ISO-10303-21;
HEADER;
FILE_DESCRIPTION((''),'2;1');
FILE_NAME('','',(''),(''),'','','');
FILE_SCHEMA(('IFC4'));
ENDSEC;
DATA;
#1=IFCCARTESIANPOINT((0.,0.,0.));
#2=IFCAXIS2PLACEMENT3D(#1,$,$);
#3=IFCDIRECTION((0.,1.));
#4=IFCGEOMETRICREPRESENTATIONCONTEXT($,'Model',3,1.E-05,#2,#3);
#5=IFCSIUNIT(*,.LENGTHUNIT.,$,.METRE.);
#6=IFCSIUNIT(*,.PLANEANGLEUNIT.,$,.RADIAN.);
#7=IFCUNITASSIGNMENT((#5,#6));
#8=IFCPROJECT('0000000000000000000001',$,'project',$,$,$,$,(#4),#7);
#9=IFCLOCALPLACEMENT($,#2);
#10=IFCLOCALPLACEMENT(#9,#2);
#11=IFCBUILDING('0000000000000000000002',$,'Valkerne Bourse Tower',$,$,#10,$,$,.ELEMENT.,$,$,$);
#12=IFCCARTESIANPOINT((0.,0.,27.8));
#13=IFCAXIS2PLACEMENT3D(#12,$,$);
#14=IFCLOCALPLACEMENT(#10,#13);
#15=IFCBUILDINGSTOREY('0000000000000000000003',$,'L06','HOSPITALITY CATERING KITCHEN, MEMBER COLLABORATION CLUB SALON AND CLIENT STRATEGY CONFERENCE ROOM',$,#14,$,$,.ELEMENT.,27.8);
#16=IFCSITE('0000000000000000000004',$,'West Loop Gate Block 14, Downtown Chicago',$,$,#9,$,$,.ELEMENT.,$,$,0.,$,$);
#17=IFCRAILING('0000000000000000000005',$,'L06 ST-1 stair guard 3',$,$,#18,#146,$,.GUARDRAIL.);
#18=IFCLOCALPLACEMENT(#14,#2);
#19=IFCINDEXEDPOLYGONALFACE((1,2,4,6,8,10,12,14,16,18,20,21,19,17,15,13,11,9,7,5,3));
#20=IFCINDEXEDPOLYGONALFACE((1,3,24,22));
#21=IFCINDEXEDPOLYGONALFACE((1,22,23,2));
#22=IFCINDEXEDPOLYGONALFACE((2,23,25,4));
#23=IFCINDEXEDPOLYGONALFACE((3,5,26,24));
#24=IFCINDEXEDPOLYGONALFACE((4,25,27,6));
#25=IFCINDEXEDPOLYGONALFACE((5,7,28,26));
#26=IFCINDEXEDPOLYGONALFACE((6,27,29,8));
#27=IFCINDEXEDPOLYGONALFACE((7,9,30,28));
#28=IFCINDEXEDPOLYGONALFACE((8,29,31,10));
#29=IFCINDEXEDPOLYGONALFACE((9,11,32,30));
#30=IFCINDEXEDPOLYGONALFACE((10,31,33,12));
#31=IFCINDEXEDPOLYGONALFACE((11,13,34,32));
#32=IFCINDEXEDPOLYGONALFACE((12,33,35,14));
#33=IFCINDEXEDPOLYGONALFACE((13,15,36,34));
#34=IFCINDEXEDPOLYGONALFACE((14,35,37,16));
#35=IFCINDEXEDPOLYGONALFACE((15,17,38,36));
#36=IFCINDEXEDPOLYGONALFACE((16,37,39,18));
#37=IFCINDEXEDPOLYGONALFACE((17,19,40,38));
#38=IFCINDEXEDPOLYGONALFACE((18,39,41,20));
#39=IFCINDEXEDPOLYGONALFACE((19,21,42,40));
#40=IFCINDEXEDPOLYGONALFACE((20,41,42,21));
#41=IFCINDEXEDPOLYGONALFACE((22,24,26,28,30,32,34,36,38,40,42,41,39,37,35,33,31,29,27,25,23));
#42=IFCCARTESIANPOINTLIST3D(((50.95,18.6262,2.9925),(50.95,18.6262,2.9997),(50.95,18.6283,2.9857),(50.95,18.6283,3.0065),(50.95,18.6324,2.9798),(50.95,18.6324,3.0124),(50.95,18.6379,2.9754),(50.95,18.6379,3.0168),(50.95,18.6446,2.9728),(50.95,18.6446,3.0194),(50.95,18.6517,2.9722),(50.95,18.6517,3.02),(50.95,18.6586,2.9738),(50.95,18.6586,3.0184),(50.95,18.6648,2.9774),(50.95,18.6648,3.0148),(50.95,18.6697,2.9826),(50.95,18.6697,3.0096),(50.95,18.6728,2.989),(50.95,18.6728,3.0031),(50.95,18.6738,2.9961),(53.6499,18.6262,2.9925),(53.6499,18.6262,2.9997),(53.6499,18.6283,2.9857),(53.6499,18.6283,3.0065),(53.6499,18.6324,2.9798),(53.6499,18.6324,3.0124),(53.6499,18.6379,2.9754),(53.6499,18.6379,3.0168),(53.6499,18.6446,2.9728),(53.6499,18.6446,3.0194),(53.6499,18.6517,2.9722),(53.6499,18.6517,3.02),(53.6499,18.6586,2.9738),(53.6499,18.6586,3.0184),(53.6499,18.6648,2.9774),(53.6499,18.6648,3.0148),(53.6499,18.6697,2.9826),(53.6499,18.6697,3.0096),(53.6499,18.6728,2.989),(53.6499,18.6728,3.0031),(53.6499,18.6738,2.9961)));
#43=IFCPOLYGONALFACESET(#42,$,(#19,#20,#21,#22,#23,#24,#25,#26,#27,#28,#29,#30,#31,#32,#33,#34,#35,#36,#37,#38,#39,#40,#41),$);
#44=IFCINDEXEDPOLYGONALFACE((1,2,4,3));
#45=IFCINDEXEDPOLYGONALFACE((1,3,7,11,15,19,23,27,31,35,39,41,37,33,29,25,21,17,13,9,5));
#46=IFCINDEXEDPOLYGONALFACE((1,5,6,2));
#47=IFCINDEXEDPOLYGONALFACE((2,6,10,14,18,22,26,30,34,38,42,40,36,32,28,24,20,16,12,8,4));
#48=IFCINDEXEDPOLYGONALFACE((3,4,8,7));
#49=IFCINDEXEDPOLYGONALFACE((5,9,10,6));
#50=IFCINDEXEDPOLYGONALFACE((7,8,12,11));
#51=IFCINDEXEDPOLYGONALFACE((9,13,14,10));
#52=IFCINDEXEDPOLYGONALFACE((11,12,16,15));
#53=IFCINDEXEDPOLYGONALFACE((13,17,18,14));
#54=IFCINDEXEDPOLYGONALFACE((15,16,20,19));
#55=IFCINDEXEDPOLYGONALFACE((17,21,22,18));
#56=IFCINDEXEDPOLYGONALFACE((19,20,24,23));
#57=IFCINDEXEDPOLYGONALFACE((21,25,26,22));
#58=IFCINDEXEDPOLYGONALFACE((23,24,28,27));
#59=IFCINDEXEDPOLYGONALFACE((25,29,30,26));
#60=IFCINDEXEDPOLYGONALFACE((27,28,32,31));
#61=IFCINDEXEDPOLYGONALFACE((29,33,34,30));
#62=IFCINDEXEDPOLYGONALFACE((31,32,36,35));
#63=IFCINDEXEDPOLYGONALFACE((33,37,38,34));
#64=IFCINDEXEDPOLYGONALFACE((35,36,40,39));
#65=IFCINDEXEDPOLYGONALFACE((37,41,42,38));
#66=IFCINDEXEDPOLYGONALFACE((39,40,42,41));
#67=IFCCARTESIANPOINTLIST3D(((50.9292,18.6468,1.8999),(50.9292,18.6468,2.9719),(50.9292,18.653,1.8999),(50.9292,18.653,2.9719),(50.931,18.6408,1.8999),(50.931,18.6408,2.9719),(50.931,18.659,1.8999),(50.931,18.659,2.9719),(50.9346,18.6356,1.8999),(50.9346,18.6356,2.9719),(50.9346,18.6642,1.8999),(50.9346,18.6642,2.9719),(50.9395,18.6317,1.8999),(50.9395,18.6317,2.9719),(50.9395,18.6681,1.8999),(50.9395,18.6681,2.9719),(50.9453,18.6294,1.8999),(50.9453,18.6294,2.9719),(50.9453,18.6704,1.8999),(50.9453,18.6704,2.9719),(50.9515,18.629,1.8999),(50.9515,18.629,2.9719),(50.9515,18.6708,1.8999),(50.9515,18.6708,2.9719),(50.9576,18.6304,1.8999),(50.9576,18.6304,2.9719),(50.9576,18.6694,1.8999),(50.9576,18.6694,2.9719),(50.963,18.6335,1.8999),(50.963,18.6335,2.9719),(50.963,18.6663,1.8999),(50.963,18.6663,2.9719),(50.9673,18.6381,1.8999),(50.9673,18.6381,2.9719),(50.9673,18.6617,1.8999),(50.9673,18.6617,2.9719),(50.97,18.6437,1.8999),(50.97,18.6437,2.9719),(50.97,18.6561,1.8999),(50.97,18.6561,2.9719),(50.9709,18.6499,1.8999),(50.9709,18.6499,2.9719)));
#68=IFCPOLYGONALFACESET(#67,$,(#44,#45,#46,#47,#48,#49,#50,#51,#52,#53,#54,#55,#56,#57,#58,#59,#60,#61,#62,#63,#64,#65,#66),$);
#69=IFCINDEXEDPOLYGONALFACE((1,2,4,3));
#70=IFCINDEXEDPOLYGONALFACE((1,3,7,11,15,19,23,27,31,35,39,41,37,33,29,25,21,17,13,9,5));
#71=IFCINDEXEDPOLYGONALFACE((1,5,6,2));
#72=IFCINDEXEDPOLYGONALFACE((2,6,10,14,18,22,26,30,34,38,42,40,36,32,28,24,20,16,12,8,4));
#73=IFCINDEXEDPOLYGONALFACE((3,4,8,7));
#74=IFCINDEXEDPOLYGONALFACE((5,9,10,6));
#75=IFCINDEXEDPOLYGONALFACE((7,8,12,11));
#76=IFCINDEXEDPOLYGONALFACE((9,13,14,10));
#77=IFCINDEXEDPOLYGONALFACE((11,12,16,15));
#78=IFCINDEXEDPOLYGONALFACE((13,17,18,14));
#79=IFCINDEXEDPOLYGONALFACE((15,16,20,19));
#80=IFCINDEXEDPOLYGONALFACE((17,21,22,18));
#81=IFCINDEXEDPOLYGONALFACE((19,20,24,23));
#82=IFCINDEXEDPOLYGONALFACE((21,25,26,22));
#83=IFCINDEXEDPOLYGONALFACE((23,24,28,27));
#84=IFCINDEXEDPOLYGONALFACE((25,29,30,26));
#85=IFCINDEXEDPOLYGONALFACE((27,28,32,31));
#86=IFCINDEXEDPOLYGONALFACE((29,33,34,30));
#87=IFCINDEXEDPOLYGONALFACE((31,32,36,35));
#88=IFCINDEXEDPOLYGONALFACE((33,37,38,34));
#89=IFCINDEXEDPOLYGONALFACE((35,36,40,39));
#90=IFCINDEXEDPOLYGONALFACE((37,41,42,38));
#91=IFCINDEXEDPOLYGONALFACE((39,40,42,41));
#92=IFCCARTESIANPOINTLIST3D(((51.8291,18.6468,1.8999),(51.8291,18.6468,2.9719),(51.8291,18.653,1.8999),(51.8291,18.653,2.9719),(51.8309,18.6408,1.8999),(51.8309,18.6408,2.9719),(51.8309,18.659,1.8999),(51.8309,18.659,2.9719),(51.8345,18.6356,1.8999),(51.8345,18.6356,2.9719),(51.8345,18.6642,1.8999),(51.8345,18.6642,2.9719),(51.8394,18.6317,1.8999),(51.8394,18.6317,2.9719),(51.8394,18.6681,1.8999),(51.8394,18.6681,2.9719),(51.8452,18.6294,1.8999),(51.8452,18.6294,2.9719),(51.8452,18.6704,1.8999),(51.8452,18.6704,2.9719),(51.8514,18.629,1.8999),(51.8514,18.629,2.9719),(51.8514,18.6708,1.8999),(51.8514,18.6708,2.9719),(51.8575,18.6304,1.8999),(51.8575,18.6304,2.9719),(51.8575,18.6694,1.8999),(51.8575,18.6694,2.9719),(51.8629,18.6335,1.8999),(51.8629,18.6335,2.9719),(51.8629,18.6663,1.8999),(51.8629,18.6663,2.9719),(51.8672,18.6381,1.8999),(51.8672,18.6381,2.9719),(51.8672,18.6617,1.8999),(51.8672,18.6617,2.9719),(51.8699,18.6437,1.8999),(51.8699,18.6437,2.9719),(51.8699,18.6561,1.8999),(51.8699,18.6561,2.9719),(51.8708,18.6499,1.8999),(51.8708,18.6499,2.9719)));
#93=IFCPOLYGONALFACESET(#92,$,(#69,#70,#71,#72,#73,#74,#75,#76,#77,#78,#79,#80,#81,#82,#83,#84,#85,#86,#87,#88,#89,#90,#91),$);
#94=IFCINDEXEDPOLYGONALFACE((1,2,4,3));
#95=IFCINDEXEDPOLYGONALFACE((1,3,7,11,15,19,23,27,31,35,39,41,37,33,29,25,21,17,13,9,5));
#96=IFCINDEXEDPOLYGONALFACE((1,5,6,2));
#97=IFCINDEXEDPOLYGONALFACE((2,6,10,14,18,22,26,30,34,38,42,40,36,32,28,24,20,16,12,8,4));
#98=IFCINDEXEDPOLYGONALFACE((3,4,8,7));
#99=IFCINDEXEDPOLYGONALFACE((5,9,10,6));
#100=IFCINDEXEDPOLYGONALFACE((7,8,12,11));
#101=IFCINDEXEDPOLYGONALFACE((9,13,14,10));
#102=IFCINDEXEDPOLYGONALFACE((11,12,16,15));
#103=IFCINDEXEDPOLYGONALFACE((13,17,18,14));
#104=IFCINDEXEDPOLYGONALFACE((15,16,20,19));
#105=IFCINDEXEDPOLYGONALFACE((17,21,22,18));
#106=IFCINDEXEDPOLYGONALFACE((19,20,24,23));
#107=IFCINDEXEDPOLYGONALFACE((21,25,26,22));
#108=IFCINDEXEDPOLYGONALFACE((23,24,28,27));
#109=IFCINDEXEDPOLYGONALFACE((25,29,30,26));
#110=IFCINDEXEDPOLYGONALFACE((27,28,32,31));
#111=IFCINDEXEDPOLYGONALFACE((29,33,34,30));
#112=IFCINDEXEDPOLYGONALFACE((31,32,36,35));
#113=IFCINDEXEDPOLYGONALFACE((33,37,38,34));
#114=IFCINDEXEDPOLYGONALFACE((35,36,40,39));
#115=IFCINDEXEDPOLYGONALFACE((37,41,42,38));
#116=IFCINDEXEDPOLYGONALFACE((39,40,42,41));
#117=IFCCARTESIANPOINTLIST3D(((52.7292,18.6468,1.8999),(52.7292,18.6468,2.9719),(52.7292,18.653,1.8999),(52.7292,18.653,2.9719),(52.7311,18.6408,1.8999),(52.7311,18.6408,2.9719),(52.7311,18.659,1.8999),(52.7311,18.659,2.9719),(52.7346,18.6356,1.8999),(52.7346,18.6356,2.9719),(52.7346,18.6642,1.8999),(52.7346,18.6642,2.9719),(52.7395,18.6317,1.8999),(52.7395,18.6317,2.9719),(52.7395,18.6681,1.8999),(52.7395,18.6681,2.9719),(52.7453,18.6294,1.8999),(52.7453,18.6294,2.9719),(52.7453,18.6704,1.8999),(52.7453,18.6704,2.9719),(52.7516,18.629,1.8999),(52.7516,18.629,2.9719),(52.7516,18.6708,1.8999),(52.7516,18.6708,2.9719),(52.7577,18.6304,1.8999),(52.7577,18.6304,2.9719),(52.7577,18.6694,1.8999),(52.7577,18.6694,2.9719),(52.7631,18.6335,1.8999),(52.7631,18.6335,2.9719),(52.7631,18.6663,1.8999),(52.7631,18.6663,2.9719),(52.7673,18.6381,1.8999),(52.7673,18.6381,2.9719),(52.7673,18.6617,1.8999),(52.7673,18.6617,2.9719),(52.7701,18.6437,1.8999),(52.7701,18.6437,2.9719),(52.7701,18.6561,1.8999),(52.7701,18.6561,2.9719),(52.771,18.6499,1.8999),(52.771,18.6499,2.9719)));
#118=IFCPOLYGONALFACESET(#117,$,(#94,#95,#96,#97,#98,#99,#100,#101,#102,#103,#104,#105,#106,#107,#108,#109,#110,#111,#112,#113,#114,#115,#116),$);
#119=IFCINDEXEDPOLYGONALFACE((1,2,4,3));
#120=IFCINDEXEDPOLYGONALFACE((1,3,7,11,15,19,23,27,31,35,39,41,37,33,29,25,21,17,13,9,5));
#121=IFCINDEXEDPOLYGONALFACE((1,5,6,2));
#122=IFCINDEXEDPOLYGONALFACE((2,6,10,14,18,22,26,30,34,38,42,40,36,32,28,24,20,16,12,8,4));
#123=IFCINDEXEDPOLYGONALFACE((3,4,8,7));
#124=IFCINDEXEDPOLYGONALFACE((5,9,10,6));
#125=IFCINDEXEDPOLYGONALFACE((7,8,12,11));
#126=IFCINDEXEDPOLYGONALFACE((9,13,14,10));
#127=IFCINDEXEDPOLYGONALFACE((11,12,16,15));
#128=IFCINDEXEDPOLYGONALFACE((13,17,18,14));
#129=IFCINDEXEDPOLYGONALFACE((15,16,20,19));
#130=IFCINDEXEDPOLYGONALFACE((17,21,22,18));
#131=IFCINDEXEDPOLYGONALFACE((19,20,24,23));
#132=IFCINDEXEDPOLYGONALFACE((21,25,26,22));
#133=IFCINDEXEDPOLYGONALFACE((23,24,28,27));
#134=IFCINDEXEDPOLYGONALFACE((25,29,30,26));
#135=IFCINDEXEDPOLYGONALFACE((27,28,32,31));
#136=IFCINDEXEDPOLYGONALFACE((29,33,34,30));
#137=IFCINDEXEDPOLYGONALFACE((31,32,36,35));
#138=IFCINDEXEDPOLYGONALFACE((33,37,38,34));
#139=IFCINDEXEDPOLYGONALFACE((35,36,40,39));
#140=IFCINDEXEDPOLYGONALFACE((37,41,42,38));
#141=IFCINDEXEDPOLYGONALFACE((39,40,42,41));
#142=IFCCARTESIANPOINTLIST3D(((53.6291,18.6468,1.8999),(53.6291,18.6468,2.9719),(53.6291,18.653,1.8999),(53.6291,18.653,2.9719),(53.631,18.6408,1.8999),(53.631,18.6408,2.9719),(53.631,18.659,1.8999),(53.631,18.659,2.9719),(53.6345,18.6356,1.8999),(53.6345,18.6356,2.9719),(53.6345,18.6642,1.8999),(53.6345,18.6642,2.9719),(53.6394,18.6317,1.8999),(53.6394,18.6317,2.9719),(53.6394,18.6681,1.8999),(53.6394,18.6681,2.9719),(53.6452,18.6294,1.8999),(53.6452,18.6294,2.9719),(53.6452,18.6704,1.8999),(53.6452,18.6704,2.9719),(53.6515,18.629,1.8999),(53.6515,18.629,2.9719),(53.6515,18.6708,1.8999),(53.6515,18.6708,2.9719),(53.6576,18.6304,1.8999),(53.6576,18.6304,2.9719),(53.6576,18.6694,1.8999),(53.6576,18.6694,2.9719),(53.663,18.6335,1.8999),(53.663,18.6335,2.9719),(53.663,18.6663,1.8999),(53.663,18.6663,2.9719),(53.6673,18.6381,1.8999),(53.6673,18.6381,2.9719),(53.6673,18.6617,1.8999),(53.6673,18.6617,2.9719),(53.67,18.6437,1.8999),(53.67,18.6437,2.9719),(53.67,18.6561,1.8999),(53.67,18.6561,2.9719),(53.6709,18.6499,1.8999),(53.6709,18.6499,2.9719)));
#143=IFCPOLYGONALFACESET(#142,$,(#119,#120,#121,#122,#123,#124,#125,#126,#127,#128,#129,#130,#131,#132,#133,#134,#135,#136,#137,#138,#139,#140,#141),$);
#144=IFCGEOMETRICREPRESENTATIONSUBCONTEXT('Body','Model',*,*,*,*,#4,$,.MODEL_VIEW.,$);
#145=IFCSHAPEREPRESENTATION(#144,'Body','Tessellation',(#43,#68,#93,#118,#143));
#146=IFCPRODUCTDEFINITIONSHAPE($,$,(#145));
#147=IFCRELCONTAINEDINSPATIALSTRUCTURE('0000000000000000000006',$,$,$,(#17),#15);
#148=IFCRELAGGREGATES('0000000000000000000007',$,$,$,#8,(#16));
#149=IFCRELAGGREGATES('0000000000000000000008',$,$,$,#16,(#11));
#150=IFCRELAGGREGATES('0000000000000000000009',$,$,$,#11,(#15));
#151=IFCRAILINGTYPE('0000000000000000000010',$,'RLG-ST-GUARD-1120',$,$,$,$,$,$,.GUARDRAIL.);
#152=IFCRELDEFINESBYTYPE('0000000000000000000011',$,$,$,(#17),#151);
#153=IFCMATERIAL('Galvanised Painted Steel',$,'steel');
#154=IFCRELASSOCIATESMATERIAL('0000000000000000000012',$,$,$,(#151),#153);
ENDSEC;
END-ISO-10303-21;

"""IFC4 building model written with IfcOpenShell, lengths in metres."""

from ifc_helpers import new_model, si_unit, direction, frame, origin, origin_2d, place, context, subcontext, project, spatial, circle, extrude, material, type_object, element, save


model = new_model("IFC4")

# Units and contexts
model_context = context("Model", 3, precision=1e-05, world=origin(), true_north=direction((0.0, 1.0)))
body_context = subcontext(model_context, "Body", "Model", "MODEL_VIEW")
ifc_project = project(units=[si_unit("LENGTHUNIT", "METRE"), si_unit("PLANEANGLEUNIT", "RADIAN")], contexts=[model_context])

# Site, building, storey
site_placement = place(None, origin())
site = spatial("IfcSite", under=ifc_project, at=site_placement, Name="West Loop Gate Block 14, Downtown Chicago", CompositionType="ELEMENT", RefElevation=0.0)
building_placement = place(site_placement, origin())
building = spatial("IfcBuilding", under=site, at=building_placement, Name="Valkerne Bourse Tower", CompositionType="ELEMENT")
storey_placement = place(building_placement, frame((0.0, 0.0, 27.8)))
storey = spatial("IfcBuildingStorey", under=building, at=storey_placement, Name="L06", Description="HOSPITALITY CATERING KITCHEN, MEMBER COLLABORATION CLUB SALON AND CLIENT STRATEGY CONFERENCE ROOM", CompositionType="ELEMENT", Elevation=27.8)

# Shared definitions
ifc_material_1 = material(Name="Galvanised Painted Steel", Category="steel")

# Railing
railing_type_1 = type_object("IfcRailingType", Name="RLG-ST-GUARD-1120", PredefinedType="GUARDRAIL", material=ifc_material_1)
railing_1_placement = place(storey_placement, frame((50.95, 18.6499, 1.8999)))
element("IfcRailing", 1, at=railing_1_placement, inside=storey, type_object=railing_type_1, Name="L06 ST-1 stair guard 3", PredefinedType="GUARDRAIL", context=body_context, shape_type="SweptSolid", body=[
    extrude(circle(Radius=0.0239, at=origin_2d()), frame((0.0, 0.0, 1.0962), z_axis=(1.0, 0.0, 0.0), x_axis=(0.0, 1.0, 0.0)), (0.0, 0.0, 1.0), 2.7),
    extrude(circle(Radius=0.021, at=origin_2d()), origin(), (0.0, 0.0, 1.0), 1.072),
    extrude(circle(Radius=0.021, at=origin_2d()), frame((0.8999, 0.0, 0.0)), (0.0, 0.0, 1.0), 1.072),
    extrude(circle(Radius=0.021, at=origin_2d()), frame((1.8, 0.0, 0.0)), (0.0, 0.0, 1.0), 1.072),
    extrude(circle(Radius=0.021, at=origin_2d()), frame((2.7, 0.0, 0.0)), (0.0, 0.0, 1.0), 1.072),
])

save(model, "model.ifc")
